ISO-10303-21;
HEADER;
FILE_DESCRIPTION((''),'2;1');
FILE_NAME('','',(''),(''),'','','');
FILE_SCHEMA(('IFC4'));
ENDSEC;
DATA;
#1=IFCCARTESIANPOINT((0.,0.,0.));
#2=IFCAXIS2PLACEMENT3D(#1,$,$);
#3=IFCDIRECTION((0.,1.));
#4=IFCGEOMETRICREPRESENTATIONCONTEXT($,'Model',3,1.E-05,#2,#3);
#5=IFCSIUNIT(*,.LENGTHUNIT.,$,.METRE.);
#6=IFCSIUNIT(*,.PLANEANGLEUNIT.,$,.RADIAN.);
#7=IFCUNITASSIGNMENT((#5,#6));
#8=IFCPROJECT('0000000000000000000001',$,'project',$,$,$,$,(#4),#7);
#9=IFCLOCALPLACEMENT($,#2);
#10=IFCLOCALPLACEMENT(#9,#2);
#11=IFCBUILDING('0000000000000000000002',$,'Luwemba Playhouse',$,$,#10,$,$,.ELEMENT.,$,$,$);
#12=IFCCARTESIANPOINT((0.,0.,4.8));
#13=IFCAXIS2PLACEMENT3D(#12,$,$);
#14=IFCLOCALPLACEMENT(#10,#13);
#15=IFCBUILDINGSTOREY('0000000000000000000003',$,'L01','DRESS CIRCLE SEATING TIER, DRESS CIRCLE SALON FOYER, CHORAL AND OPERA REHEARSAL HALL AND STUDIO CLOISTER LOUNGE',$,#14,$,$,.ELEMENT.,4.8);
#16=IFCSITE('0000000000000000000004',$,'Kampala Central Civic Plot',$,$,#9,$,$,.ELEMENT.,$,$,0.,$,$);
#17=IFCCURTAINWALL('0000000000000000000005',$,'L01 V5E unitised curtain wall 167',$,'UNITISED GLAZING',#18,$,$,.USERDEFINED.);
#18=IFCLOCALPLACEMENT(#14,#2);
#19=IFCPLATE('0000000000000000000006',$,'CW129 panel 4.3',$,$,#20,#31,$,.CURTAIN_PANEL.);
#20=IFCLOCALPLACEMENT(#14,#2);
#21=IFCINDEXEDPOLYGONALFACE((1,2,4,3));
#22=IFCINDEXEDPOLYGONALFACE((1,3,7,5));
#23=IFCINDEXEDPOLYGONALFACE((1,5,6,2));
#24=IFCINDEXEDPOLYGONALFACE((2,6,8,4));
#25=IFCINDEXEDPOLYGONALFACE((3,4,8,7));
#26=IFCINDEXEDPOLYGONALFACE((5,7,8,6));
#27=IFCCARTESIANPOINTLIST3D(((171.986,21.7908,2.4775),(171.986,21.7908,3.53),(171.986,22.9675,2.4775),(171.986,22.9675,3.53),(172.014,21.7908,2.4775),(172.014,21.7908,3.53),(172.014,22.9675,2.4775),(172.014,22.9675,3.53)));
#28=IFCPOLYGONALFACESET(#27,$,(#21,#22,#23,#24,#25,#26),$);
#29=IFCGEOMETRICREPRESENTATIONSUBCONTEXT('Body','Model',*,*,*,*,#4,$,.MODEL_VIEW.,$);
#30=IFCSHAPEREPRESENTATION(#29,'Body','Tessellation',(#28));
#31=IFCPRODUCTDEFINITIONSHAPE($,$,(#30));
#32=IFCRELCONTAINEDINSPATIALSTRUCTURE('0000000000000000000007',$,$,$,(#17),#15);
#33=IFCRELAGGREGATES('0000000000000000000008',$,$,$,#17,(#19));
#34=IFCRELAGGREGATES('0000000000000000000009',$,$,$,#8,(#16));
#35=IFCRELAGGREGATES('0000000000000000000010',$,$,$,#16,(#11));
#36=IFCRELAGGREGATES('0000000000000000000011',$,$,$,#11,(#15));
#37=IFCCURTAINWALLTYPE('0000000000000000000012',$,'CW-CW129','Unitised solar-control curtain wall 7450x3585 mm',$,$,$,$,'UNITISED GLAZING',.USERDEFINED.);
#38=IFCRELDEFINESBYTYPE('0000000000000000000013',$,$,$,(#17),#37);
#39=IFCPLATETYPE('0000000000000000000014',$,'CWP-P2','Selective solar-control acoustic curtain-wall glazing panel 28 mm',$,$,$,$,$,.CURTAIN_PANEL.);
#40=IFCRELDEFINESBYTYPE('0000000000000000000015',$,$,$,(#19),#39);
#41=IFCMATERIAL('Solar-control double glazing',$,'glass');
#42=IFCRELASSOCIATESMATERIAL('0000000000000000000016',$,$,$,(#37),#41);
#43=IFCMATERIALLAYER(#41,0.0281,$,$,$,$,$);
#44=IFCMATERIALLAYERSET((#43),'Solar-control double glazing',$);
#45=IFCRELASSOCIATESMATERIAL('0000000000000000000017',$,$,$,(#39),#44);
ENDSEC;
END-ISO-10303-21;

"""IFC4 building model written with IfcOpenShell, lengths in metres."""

from ifc_helpers import new_model, si_unit, direction, frame, origin, origin_2d, place, context, subcontext, project, spatial, rectangle, extrude, material, layer, layer_set, type_object, element, aggregate, save


model = new_model("IFC4")

# Units and contexts
model_context = context("Model", 3, precision=1e-05, world=origin(), true_north=direction((0.0, 1.0)))
body_context = subcontext(model_context, "Body", "Model", "MODEL_VIEW")
ifc_project = project(units=[si_unit("LENGTHUNIT", "METRE"), si_unit("PLANEANGLEUNIT", "RADIAN")], contexts=[model_context])

# Site, building, storey
site_placement = place(None, origin())
site = spatial("IfcSite", under=ifc_project, at=site_placement, Name="Kampala Central Civic Plot", CompositionType="ELEMENT", RefElevation=0.0)
building_placement = place(site_placement, origin())
building = spatial("IfcBuilding", under=site, at=building_placement, Name="Luwemba Playhouse", CompositionType="ELEMENT")
storey_placement = place(building_placement, frame((0.0, 0.0, 4.8)))
storey = spatial("IfcBuildingStorey", under=building, at=storey_placement, Name="L01", Description="DRESS CIRCLE SEATING TIER, DRESS CIRCLE SALON FOYER, CHORAL AND OPERA REHEARSAL HALL AND STUDIO CLOISTER LOUNGE", CompositionType="ELEMENT", Elevation=4.8)

# Curtain wall
ifc_material_1 = material(Name="Solar-control double glazing", Category="glass")
curtain_wall_type = type_object("IfcCurtainWallType", Name="CW-CW129", Description="Unitised solar-control curtain wall 7450x3585 mm", ElementType="UNITISED GLAZING", PredefinedType="USERDEFINED", material=ifc_material_1)
curtain_wall_placement = place(storey_placement, origin())
curtain_wall = element("IfcCurtainWall", 1, at=curtain_wall_placement, inside=storey, type_object=curtain_wall_type, Name="L01 V5E unitised curtain wall 167", ObjectType="UNITISED GLAZING", PredefinedType="USERDEFINED")

# Plate
ifc_layer = layer(ifc_material_1, 0.0281)
ifc_layer_set = layer_set([ifc_layer], Name="Solar-control double glazing")
plate_type = type_object("IfcPlateType", Name="CWP-P2", Description="Selective solar-control acoustic curtain-wall glazing panel 28 mm", PredefinedType="CURTAIN_PANEL", material=ifc_layer_set)
plate_1_placement = place(storey_placement, frame((172.0, 22.3792, 2.4775), z_axis=(0.0, 0.0, 1.0), x_axis=(0.0, -1.0, 0.0)))
plate_1 = element("IfcPlate", 2, at=plate_1_placement, type_object=plate_type, Name="CW129 panel 4.3", PredefinedType="CURTAIN_PANEL", context=body_context, shape_type="SweptSolid", body=[
    extrude(rectangle(XDim=1.1768, YDim=0.0281, at=origin_2d()), origin(), (0.0, 0.0, 1.0), 1.0525),
])
aggregate(curtain_wall, [plate_1])

save(model, "model.ifc")
